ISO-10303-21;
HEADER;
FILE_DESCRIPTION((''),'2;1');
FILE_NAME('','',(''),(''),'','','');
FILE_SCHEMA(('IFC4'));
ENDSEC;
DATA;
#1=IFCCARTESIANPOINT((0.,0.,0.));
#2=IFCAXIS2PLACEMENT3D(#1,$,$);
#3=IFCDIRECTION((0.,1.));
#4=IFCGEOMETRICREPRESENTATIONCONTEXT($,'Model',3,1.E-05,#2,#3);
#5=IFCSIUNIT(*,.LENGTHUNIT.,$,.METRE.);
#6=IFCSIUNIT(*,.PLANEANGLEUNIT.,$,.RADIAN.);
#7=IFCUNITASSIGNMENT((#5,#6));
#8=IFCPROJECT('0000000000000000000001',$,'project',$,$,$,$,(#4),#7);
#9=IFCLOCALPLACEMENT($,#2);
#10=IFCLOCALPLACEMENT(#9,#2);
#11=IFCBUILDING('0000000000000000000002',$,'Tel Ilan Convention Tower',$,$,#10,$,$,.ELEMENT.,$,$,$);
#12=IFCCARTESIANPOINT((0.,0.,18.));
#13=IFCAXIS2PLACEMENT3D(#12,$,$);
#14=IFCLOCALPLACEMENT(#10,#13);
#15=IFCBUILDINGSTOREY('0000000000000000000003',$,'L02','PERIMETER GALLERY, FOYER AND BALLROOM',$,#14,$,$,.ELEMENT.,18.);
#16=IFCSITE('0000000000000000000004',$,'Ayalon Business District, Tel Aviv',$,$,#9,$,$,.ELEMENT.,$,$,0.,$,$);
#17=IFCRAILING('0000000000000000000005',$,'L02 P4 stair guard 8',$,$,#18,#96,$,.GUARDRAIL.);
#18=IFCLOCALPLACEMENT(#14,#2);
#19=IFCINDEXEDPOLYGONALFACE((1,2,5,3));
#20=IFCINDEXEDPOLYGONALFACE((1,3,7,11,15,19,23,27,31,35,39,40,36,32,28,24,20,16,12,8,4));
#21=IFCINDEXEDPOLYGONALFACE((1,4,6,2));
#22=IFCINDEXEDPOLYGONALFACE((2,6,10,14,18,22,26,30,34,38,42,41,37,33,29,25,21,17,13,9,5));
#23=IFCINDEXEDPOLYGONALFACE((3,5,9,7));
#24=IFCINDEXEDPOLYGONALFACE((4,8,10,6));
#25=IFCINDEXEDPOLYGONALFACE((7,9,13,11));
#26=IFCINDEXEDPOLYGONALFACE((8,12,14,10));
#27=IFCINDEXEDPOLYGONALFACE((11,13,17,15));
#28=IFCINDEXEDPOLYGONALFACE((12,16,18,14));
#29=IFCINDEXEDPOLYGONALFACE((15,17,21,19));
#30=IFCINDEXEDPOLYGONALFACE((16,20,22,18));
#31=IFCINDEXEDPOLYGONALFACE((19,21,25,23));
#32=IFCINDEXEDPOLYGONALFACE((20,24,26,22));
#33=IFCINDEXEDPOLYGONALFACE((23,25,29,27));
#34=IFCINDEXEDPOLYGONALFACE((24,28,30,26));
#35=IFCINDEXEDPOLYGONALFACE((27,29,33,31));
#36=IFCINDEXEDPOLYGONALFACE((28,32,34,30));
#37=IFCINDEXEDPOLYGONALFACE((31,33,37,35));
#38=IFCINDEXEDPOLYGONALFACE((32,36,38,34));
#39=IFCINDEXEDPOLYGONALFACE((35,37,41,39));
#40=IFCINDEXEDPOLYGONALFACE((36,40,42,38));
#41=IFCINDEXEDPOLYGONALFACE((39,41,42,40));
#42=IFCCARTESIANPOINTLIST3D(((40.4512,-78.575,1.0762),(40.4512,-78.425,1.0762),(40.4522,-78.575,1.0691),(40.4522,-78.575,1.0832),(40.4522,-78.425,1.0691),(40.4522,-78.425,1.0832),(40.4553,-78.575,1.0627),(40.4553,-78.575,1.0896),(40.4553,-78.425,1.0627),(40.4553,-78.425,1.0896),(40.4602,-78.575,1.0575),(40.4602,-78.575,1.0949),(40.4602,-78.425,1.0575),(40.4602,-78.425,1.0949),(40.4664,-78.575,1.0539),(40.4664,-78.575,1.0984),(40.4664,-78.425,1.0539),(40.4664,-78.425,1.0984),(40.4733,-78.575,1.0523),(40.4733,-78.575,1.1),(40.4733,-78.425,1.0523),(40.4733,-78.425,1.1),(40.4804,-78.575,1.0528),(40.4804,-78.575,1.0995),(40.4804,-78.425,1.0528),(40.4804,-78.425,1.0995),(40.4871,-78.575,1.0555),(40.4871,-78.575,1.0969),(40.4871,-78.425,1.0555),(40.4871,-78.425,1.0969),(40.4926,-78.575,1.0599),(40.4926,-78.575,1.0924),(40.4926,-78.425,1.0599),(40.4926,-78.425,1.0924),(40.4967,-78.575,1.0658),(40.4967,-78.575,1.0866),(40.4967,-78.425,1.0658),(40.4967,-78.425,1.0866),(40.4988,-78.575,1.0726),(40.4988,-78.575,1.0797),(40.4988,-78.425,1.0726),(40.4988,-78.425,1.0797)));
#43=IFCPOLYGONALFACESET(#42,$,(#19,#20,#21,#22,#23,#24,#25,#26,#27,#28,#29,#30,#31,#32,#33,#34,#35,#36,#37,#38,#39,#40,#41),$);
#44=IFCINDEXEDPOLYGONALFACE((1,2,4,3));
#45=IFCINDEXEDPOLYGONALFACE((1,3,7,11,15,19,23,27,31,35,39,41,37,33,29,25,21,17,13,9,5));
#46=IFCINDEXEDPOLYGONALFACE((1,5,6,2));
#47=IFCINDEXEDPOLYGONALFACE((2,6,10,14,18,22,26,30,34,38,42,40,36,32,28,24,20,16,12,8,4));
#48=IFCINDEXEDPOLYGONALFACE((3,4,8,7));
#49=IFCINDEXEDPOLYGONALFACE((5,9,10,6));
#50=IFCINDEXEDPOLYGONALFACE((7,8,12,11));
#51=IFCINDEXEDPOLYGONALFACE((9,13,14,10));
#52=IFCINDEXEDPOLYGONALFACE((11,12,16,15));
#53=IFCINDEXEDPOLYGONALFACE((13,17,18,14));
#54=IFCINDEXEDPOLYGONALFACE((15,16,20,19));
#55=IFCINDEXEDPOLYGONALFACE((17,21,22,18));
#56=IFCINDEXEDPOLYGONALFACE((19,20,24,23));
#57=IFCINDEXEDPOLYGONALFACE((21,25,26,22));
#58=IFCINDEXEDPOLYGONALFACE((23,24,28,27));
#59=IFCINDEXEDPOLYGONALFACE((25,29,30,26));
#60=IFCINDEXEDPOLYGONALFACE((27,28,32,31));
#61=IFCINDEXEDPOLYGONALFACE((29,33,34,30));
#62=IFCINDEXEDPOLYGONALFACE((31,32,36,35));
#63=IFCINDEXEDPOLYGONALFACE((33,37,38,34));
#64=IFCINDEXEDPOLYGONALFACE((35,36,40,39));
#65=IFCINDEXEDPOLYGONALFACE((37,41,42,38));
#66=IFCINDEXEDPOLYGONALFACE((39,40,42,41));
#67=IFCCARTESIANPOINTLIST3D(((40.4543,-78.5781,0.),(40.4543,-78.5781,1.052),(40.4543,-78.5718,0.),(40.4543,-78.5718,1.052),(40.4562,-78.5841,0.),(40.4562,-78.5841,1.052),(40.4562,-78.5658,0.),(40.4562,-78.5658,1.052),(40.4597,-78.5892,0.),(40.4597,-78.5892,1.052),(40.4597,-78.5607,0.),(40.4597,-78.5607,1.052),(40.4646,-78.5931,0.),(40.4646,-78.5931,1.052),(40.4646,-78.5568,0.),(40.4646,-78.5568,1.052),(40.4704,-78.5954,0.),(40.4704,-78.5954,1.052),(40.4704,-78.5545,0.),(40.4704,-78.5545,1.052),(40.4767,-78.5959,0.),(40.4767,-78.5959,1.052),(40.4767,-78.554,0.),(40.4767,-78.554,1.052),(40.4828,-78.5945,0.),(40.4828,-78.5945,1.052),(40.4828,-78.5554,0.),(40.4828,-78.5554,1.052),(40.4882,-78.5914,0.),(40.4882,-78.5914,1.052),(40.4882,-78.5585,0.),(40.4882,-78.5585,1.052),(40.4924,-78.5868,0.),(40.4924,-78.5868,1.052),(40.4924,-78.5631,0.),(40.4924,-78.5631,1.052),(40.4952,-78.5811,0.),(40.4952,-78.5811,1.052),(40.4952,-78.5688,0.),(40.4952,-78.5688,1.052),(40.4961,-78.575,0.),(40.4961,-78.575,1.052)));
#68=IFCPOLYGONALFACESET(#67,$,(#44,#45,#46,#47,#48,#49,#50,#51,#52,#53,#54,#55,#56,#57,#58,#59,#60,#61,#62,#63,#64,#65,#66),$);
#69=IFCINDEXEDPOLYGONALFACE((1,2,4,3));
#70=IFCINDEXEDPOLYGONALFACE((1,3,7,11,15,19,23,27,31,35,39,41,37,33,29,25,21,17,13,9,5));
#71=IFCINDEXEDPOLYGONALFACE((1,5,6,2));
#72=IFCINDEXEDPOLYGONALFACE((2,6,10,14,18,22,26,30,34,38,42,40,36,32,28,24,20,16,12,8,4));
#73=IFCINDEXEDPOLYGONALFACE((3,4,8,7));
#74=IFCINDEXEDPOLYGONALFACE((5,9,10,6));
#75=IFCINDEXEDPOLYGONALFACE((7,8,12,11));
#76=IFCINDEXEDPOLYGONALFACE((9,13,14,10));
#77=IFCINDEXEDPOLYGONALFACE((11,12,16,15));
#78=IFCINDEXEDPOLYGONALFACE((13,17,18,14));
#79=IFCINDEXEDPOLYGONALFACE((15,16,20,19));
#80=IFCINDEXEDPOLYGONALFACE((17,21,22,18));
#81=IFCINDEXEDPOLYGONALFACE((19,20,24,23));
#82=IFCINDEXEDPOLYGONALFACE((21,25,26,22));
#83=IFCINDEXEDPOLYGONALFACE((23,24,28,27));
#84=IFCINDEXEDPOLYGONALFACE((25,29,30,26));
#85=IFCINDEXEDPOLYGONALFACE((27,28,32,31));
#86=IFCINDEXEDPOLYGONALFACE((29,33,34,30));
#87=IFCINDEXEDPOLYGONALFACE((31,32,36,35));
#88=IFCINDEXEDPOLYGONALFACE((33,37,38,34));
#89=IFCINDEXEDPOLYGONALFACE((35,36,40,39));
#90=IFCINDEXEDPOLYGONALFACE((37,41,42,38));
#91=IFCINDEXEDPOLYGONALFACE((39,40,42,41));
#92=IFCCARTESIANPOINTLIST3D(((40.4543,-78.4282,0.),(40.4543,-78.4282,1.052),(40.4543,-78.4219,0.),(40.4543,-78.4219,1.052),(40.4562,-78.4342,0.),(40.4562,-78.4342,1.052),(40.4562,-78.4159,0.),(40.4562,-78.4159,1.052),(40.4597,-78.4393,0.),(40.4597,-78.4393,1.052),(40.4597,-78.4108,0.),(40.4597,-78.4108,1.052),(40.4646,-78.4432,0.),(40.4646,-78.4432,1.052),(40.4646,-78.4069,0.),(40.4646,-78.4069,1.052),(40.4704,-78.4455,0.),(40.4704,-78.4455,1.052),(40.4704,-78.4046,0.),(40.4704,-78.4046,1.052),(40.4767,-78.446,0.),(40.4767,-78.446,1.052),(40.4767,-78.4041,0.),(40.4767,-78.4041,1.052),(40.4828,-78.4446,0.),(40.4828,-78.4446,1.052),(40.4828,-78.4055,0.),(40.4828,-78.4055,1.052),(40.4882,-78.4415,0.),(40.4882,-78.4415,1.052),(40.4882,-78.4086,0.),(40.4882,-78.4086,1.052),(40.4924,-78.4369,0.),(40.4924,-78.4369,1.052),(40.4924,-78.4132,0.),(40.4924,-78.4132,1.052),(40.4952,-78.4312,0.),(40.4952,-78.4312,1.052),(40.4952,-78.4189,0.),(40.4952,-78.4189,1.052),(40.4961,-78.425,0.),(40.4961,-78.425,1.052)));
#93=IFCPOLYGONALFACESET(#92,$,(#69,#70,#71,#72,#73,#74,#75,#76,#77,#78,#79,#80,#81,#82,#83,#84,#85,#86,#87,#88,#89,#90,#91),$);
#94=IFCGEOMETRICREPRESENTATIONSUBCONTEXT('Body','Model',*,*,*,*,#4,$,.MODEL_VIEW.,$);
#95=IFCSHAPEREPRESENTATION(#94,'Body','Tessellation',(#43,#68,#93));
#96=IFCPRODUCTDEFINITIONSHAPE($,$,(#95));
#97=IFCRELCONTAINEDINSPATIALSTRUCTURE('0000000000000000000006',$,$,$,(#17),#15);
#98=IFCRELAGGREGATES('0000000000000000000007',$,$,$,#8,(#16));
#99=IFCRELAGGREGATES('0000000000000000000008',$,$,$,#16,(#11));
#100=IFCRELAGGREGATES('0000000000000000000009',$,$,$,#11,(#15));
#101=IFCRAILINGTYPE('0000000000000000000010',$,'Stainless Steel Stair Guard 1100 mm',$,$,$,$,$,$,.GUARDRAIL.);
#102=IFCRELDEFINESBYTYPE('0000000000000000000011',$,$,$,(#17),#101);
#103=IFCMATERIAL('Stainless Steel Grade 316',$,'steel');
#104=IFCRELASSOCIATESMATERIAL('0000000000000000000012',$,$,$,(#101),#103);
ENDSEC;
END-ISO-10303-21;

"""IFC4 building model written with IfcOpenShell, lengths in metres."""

from ifc_helpers import new_model, si_unit, direction, frame, origin, origin_2d, place, context, subcontext, project, spatial, circle, extrude, material, type_object, element, save


model = new_model("IFC4")

# Units and contexts
model_context = context("Model", 3, precision=1e-05, world=origin(), true_north=direction((0.0, 1.0)))
body_context = subcontext(model_context, "Body", "Model", "MODEL_VIEW")
ifc_project = project(units=[si_unit("LENGTHUNIT", "METRE"), si_unit("PLANEANGLEUNIT", "RADIAN")], contexts=[model_context])

# Site, building, storey
site_placement = place(None, origin())
site = spatial("IfcSite", under=ifc_project, at=site_placement, Name="Ayalon Business District, Tel Aviv", CompositionType="ELEMENT", RefElevation=0.0)
building_placement = place(site_placement, origin())
building = spatial("IfcBuilding", under=site, at=building_placement, Name="Tel Ilan Convention Tower", CompositionType="ELEMENT")
storey_placement = place(building_placement, frame((0.0, 0.0, 18.0)))
storey = spatial("IfcBuildingStorey", under=building, at=storey_placement, Name="L02", Description="PERIMETER GALLERY, FOYER AND BALLROOM", CompositionType="ELEMENT", Elevation=18.0)

# Railing
ifc_material_1 = material(Name="Stainless Steel Grade 316", Category="steel")
railing_type_1 = type_object("IfcRailingType", Name="Stainless Steel Stair Guard 1100 mm", PredefinedType="GUARDRAIL", material=ifc_material_1)
railing_1_placement = place(storey_placement, frame((40.4751, -78.575, 0.0)))
element("IfcRailing", 1, at=railing_1_placement, inside=storey, type_object=railing_type_1, Name="L02 P4 stair guard 8", PredefinedType="GUARDRAIL", context=body_context, shape_type="SweptSolid", body=[
    extrude(circle(Radius=0.0239, at=origin_2d()), frame((0.0, 0.0, 1.0762), z_axis=(0.0, 1.0, 0.0), x_axis=(-1.0, 0.0, 0.0)), (0.0, 0.0, 1.0), 0.1499),
    extrude(circle(Radius=0.021, at=origin_2d()), origin(), (0.0, 0.0, 1.0), 1.052),
    extrude(circle(Radius=0.021, at=origin_2d()), frame((0.0, 0.1499, 0.0)), (0.0, 0.0, 1.0), 1.052),
])

save(model, "model.ifc")
